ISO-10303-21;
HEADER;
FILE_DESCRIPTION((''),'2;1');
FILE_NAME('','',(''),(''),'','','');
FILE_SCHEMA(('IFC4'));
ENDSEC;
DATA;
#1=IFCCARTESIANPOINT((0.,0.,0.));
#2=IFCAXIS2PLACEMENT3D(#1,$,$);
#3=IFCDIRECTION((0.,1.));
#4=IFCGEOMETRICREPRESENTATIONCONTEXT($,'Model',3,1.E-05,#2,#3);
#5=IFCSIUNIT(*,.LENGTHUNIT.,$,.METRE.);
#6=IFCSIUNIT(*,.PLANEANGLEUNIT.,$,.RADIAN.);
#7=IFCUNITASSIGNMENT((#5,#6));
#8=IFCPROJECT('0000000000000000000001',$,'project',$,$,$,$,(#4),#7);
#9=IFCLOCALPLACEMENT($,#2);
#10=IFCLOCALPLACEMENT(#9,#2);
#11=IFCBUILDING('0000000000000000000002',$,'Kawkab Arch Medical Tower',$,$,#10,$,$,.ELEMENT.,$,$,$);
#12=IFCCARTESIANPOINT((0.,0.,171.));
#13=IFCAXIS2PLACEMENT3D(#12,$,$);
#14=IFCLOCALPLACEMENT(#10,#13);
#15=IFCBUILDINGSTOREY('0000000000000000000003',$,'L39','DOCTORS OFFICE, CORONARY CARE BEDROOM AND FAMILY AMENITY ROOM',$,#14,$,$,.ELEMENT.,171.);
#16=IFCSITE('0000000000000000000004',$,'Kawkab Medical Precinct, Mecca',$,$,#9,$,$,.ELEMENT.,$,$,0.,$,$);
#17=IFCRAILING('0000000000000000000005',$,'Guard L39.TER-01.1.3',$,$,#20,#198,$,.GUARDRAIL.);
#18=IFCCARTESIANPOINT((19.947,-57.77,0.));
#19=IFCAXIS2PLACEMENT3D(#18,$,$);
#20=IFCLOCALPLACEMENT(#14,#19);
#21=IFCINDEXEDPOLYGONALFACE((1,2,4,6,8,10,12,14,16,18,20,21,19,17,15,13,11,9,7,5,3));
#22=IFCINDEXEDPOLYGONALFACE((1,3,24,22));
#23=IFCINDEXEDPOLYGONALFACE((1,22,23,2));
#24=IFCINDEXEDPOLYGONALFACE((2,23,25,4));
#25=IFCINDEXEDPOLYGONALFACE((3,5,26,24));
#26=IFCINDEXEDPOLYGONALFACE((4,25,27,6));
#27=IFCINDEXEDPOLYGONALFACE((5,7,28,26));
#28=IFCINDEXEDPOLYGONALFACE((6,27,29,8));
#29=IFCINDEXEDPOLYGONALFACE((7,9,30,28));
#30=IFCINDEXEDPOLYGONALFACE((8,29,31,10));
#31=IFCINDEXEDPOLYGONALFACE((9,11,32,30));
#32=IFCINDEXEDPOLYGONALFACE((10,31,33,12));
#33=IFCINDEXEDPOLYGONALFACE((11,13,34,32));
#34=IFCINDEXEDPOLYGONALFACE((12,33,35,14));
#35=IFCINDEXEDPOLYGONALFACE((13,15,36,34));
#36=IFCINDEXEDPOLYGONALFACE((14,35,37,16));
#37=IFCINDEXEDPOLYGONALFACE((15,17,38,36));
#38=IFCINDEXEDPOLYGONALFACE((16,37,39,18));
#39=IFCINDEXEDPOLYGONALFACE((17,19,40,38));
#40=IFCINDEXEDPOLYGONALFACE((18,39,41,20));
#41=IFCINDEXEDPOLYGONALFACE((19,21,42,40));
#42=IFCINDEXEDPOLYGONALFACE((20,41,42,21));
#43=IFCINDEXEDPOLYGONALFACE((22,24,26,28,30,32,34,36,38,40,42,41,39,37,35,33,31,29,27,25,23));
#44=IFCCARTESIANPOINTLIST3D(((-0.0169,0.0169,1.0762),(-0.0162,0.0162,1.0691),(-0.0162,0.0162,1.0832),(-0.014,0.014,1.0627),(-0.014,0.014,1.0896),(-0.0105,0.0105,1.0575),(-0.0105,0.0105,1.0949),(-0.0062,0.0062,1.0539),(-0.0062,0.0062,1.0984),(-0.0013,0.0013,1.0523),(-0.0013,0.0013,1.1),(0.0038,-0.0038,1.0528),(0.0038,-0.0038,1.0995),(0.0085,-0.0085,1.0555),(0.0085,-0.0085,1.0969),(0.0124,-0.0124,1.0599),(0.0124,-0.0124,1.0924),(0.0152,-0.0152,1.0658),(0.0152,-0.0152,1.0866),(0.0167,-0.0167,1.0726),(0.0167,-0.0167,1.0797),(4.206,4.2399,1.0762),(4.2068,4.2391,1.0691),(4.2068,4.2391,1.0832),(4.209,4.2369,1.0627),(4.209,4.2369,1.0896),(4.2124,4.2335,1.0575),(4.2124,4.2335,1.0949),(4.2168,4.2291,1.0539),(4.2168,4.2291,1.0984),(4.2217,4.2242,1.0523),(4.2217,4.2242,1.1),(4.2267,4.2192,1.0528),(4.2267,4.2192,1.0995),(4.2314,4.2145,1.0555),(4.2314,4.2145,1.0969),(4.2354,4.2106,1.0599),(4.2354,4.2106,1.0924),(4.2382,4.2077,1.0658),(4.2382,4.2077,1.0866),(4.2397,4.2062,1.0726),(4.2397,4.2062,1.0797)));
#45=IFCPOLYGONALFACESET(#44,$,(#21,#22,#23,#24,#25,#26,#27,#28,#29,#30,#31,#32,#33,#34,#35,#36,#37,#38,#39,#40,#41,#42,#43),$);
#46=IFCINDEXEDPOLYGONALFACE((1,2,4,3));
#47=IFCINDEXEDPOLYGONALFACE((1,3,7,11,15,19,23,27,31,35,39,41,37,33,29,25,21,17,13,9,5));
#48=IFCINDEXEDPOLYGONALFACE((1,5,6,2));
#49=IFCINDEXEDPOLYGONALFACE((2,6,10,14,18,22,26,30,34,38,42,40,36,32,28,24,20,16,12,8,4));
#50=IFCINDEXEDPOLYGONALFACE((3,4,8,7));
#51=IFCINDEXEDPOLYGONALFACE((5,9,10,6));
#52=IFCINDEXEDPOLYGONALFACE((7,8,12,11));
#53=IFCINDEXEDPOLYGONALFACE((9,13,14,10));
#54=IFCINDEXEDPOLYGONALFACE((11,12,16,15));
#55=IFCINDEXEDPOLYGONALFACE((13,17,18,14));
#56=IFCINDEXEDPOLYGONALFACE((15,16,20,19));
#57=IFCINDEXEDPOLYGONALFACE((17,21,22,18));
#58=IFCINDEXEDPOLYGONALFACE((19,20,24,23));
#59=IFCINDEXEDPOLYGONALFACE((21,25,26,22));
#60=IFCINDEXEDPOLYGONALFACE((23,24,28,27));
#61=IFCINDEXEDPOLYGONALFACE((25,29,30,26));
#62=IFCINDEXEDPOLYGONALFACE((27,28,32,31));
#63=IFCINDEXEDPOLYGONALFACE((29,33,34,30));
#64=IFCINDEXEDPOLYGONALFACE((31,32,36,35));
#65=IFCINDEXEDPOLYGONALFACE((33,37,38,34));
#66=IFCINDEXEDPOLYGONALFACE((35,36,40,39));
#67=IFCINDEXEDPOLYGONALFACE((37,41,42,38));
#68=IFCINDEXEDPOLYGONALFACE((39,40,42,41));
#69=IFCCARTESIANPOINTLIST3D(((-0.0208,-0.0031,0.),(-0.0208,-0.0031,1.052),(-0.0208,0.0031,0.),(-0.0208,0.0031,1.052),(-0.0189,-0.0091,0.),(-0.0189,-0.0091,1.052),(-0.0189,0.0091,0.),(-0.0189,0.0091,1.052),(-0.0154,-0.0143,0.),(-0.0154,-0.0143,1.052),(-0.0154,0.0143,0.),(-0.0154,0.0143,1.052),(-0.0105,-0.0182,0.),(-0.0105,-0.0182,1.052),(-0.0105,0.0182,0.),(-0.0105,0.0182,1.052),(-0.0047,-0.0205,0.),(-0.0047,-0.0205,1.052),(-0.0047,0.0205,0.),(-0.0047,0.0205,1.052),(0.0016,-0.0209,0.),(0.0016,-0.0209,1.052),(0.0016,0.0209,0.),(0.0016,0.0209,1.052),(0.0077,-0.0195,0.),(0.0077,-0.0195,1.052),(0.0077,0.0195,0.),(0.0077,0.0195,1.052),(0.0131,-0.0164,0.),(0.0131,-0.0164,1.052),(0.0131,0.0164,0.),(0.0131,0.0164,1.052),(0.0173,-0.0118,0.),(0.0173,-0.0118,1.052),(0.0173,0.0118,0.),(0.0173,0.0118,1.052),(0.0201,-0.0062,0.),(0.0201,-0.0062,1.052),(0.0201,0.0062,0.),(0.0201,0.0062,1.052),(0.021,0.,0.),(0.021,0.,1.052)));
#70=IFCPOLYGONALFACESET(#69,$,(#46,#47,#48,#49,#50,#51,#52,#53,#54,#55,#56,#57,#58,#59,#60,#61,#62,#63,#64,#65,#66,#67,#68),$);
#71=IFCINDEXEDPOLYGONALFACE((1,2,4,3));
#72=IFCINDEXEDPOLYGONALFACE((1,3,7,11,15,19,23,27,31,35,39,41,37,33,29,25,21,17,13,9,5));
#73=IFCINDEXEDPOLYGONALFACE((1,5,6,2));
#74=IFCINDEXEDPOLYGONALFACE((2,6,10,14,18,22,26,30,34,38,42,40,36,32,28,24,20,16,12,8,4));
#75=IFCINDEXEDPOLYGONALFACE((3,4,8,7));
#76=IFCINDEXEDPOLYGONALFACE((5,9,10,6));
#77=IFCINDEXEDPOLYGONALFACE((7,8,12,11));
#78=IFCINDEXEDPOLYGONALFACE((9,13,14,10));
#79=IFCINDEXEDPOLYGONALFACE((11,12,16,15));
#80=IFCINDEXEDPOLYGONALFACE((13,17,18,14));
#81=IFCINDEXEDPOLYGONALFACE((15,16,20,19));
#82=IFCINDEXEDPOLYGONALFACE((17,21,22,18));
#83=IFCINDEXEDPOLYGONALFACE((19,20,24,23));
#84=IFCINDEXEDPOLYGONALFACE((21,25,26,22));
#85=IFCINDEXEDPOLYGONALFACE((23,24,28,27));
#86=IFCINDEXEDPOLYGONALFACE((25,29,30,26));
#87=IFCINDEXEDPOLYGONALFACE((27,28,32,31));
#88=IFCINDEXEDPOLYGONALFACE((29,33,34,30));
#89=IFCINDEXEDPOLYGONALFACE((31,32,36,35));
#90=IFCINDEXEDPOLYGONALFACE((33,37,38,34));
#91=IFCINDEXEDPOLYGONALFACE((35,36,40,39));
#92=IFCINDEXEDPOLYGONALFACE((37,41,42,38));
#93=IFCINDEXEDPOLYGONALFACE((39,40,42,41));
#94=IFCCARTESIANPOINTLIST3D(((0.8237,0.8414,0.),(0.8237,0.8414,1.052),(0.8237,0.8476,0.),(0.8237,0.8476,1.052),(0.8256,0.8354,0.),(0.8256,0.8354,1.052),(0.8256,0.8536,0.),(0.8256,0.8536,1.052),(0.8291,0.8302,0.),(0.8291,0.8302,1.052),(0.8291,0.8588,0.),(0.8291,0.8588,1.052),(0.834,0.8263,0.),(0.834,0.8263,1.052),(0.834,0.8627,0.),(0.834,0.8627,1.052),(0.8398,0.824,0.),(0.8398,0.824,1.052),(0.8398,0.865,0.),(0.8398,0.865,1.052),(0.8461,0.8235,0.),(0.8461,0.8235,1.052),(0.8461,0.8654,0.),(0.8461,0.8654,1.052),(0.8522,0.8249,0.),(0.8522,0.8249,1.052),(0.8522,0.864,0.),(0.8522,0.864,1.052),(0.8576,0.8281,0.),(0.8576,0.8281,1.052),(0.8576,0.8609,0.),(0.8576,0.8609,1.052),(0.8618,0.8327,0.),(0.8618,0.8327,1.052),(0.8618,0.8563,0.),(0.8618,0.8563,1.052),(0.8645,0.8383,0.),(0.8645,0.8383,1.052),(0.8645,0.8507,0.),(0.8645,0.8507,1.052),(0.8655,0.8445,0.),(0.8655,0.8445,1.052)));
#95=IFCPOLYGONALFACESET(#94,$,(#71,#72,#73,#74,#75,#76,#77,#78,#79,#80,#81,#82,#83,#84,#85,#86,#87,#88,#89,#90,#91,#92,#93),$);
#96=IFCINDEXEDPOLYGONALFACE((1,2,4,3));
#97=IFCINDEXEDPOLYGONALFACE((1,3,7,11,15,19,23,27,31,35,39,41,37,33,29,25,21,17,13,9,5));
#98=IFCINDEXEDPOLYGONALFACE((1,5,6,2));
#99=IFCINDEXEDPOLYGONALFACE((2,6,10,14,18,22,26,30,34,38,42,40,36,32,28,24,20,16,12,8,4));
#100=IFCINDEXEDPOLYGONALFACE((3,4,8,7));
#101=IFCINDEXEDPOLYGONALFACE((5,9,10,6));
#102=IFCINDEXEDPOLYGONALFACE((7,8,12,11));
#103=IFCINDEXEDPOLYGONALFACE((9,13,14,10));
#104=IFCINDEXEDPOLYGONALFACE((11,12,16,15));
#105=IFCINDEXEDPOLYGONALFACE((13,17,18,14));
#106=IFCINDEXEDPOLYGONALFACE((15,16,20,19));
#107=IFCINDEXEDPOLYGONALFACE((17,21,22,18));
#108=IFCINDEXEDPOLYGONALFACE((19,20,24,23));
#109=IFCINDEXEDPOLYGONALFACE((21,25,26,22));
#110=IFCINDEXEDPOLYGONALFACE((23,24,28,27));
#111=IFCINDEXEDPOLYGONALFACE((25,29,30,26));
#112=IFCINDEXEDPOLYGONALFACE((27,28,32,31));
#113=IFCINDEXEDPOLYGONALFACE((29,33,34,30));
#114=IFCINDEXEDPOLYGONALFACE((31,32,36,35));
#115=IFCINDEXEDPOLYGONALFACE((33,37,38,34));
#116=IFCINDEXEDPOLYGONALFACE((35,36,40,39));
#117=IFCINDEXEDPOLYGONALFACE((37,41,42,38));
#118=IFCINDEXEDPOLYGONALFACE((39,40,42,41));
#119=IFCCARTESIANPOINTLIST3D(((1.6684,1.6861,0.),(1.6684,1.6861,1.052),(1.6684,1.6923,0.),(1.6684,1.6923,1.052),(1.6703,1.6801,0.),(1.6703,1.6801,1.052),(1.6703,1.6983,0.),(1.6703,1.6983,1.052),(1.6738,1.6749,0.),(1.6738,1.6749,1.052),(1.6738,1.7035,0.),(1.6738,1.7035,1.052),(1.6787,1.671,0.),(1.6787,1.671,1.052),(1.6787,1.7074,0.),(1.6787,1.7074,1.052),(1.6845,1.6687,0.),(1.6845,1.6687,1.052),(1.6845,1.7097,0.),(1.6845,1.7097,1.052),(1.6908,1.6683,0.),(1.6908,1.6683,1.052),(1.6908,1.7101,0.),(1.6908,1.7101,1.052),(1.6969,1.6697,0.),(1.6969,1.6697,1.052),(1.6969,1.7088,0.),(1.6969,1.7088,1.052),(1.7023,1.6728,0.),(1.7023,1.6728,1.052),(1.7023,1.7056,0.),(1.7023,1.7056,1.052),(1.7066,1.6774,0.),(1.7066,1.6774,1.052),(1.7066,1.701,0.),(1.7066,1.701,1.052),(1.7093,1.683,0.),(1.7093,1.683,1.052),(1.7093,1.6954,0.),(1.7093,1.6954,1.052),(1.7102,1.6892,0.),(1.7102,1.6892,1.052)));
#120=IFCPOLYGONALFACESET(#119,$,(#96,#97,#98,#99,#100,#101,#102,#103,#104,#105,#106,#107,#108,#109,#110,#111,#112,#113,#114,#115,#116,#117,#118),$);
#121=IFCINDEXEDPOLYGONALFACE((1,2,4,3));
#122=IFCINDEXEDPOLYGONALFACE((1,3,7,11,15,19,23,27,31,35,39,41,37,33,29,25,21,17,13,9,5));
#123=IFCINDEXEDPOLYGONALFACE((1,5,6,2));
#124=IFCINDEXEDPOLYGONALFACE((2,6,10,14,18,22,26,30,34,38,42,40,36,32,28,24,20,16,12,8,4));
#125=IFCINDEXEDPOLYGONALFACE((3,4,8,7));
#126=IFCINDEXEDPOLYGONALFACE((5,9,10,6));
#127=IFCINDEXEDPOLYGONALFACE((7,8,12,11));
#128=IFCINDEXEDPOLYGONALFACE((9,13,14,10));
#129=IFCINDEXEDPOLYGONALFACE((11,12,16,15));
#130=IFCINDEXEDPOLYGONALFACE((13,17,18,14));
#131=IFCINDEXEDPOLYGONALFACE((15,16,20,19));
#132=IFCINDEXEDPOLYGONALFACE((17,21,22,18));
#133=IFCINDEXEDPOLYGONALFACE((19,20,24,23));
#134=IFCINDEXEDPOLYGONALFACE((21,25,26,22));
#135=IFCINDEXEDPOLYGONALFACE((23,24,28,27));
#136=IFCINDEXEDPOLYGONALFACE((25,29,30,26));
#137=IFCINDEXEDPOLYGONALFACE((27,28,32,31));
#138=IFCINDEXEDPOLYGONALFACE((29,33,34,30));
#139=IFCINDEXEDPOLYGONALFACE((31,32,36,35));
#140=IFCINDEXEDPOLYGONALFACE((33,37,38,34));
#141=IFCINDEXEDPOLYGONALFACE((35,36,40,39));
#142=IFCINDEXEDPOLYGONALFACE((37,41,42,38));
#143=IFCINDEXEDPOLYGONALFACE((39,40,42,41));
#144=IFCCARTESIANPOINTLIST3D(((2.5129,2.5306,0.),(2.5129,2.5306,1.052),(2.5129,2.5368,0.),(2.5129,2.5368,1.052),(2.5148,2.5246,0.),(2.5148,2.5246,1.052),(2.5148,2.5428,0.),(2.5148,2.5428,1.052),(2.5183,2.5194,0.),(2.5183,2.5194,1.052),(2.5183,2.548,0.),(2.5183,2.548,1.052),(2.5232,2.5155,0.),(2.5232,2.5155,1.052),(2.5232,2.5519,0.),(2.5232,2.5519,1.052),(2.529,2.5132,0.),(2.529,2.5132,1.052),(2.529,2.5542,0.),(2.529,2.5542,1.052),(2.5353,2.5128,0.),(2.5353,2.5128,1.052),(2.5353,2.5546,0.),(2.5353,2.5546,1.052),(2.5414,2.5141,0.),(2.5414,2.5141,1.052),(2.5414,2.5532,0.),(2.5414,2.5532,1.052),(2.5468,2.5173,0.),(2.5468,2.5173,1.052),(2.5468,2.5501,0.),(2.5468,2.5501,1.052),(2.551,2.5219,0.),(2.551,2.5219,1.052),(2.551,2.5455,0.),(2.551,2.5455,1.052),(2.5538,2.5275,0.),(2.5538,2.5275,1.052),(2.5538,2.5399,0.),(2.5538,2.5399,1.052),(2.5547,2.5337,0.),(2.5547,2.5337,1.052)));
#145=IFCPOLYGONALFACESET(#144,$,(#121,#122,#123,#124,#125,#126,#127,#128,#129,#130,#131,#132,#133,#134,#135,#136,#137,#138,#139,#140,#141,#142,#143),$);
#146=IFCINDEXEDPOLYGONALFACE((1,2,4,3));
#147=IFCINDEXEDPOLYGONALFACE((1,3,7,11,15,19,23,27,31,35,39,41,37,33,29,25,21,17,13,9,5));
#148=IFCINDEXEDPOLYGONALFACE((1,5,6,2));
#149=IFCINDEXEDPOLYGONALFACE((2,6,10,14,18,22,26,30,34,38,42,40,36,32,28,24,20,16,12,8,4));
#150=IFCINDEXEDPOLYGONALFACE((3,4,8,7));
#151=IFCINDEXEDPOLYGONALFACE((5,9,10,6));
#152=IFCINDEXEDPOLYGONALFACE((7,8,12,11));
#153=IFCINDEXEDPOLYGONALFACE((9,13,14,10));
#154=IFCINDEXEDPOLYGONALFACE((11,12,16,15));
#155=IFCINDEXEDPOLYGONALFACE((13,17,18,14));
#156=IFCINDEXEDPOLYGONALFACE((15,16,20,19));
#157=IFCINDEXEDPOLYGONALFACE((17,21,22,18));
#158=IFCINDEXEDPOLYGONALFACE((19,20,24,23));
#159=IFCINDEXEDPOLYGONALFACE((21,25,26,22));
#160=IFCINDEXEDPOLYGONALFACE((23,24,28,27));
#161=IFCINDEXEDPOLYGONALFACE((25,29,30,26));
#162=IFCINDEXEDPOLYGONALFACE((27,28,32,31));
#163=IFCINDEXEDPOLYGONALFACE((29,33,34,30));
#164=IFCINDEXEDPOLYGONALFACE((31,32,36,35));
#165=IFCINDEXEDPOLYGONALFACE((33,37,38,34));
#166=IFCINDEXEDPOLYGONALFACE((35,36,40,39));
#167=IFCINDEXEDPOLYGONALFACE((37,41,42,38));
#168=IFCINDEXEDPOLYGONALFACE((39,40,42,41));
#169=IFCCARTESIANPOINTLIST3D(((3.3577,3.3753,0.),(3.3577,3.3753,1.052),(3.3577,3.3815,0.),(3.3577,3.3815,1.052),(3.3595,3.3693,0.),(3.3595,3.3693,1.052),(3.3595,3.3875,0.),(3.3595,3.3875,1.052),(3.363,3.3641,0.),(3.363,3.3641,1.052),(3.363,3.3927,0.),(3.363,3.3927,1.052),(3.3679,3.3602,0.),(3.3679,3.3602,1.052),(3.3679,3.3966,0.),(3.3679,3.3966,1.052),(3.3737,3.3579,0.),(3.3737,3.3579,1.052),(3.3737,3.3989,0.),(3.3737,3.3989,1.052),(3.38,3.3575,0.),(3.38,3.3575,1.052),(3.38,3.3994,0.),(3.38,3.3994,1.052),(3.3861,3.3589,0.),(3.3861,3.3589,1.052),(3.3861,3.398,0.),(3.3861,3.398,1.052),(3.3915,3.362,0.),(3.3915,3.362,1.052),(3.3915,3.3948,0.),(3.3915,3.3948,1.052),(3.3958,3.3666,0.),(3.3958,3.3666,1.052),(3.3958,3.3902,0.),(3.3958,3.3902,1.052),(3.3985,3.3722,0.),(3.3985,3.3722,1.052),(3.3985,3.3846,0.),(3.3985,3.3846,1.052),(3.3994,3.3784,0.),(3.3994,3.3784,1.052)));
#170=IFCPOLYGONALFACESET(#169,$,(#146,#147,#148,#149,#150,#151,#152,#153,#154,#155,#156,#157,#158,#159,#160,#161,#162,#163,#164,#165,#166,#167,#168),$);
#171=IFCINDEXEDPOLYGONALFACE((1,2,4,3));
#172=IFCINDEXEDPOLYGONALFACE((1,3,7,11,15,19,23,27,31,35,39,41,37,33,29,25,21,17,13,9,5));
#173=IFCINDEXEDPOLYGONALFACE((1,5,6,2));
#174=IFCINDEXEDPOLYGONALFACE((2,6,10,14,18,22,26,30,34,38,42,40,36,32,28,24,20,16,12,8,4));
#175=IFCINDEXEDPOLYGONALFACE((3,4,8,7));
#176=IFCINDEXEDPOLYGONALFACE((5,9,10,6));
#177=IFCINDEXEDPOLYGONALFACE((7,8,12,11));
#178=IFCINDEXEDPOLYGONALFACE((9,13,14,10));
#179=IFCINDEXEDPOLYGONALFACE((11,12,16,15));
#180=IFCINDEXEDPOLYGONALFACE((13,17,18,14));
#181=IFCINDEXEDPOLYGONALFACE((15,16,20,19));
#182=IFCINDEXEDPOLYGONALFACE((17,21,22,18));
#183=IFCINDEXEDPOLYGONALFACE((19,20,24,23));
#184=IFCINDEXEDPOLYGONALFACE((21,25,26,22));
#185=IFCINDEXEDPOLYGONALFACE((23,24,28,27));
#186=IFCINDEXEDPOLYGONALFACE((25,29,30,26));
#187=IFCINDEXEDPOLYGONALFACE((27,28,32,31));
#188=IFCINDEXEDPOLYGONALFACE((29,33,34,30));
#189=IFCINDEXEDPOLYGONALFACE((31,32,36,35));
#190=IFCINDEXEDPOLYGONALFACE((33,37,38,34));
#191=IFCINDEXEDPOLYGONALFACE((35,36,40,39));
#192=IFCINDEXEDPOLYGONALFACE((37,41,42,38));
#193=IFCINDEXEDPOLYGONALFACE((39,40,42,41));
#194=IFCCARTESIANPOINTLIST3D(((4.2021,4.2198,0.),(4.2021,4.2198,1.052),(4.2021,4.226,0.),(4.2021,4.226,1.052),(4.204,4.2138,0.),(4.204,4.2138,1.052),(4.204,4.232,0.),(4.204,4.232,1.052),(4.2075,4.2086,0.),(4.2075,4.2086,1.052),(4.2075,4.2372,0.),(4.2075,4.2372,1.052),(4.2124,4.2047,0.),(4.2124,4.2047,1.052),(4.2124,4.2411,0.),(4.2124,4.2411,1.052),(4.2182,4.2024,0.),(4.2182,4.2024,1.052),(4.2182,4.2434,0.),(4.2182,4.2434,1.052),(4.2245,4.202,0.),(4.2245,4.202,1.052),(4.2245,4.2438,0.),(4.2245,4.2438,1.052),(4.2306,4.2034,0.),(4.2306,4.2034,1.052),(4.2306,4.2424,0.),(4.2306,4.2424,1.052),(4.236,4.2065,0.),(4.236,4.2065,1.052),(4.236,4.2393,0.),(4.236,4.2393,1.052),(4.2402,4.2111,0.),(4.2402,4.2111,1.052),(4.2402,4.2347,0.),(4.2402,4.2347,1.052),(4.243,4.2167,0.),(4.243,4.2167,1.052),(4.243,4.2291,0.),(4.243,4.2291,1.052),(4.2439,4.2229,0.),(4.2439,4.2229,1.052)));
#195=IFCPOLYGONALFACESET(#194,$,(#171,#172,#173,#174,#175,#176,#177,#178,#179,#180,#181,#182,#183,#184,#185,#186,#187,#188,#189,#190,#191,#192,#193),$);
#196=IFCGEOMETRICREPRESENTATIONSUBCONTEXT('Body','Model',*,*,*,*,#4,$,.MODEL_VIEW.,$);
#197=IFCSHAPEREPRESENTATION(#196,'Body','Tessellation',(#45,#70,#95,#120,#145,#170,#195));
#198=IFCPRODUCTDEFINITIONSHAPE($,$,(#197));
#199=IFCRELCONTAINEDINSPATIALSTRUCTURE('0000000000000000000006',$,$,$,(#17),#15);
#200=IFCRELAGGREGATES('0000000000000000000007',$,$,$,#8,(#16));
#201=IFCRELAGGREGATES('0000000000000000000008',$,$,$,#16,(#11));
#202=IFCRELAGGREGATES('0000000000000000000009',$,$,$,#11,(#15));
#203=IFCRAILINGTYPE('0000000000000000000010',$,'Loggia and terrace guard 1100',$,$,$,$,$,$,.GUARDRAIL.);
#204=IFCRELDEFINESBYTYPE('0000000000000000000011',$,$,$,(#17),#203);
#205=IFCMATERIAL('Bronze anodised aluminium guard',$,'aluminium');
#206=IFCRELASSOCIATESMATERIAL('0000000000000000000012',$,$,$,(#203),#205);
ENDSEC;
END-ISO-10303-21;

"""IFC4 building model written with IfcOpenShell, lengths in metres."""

from ifc_helpers import new_model, si_unit, direction, frame, origin, origin_2d, place, context, subcontext, project, spatial, circle, extrude, material, type_object, element, save


model = new_model("IFC4")

# Units and contexts
model_context = context("Model", 3, precision=1e-05, world=origin(), true_north=direction((0.0, 1.0)))
body_context = subcontext(model_context, "Body", "Model", "MODEL_VIEW")
ifc_project = project(units=[si_unit("LENGTHUNIT", "METRE"), si_unit("PLANEANGLEUNIT", "RADIAN")], contexts=[model_context])

# Site, building, storey
site_placement = place(None, origin())
site = spatial("IfcSite", under=ifc_project, at=site_placement, Name="Kawkab Medical Precinct, Mecca", CompositionType="ELEMENT", RefElevation=0.0)
building_placement = place(site_placement, origin())
building = spatial("IfcBuilding", under=site, at=building_placement, Name="Kawkab Arch Medical Tower", CompositionType="ELEMENT")
storey_placement = place(building_placement, frame((0.0, 0.0, 171.0)))
storey = spatial("IfcBuildingStorey", under=building, at=storey_placement, Name="L39", Description="DOCTORS OFFICE, CORONARY CARE BEDROOM AND FAMILY AMENITY ROOM", CompositionType="ELEMENT", Elevation=171.0)

# Railing
ifc_material_1 = material(Name="Bronze anodised aluminium guard", Category="aluminium")
railing_type = type_object("IfcRailingType", Name="Loggia and terrace guard 1100", PredefinedType="GUARDRAIL", material=ifc_material_1)
railing_1_placement = place(storey_placement, frame((19.947, -57.77, 0.0)))
element("IfcRailing", 1, at=railing_1_placement, inside=storey, type_object=railing_type, Name="Guard L39.TER-01.1.3", PredefinedType="GUARDRAIL", context=body_context, shape_type="SweptSolid", body=[
    extrude(circle(Radius=0.0239, at=origin_2d()), frame((0.0, 0.0, 1.0762), z_axis=(0.707107, 0.707107, 0.0), x_axis=(-0.707107, 0.707107, 0.0)), (0.0, 0.0, 1.0), 5.9722),
    extrude(circle(Radius=0.021, at=origin_2d()), origin(), (0.0, 0.0, 1.0), 1.052),
    extrude(circle(Radius=0.021, at=origin_2d()), frame((0.8445, 0.8445, 0.0)), (0.0, 0.0, 1.0), 1.052),
    extrude(circle(Radius=0.021, at=origin_2d()), frame((1.6892, 1.6892, 0.0)), (0.0, 0.0, 1.0), 1.052),
    extrude(circle(Radius=0.021, at=origin_2d()), frame((2.5337, 2.5337, 0.0)), (0.0, 0.0, 1.0), 1.052),
    extrude(circle(Radius=0.021, at=origin_2d()), frame((3.3784, 3.3784, 0.0)), (0.0, 0.0, 1.0), 1.052),
    extrude(circle(Radius=0.021, at=origin_2d()), frame((4.2229, 4.2229, 0.0)), (0.0, 0.0, 1.0), 1.052),
])

save(model, "model.ifc")
